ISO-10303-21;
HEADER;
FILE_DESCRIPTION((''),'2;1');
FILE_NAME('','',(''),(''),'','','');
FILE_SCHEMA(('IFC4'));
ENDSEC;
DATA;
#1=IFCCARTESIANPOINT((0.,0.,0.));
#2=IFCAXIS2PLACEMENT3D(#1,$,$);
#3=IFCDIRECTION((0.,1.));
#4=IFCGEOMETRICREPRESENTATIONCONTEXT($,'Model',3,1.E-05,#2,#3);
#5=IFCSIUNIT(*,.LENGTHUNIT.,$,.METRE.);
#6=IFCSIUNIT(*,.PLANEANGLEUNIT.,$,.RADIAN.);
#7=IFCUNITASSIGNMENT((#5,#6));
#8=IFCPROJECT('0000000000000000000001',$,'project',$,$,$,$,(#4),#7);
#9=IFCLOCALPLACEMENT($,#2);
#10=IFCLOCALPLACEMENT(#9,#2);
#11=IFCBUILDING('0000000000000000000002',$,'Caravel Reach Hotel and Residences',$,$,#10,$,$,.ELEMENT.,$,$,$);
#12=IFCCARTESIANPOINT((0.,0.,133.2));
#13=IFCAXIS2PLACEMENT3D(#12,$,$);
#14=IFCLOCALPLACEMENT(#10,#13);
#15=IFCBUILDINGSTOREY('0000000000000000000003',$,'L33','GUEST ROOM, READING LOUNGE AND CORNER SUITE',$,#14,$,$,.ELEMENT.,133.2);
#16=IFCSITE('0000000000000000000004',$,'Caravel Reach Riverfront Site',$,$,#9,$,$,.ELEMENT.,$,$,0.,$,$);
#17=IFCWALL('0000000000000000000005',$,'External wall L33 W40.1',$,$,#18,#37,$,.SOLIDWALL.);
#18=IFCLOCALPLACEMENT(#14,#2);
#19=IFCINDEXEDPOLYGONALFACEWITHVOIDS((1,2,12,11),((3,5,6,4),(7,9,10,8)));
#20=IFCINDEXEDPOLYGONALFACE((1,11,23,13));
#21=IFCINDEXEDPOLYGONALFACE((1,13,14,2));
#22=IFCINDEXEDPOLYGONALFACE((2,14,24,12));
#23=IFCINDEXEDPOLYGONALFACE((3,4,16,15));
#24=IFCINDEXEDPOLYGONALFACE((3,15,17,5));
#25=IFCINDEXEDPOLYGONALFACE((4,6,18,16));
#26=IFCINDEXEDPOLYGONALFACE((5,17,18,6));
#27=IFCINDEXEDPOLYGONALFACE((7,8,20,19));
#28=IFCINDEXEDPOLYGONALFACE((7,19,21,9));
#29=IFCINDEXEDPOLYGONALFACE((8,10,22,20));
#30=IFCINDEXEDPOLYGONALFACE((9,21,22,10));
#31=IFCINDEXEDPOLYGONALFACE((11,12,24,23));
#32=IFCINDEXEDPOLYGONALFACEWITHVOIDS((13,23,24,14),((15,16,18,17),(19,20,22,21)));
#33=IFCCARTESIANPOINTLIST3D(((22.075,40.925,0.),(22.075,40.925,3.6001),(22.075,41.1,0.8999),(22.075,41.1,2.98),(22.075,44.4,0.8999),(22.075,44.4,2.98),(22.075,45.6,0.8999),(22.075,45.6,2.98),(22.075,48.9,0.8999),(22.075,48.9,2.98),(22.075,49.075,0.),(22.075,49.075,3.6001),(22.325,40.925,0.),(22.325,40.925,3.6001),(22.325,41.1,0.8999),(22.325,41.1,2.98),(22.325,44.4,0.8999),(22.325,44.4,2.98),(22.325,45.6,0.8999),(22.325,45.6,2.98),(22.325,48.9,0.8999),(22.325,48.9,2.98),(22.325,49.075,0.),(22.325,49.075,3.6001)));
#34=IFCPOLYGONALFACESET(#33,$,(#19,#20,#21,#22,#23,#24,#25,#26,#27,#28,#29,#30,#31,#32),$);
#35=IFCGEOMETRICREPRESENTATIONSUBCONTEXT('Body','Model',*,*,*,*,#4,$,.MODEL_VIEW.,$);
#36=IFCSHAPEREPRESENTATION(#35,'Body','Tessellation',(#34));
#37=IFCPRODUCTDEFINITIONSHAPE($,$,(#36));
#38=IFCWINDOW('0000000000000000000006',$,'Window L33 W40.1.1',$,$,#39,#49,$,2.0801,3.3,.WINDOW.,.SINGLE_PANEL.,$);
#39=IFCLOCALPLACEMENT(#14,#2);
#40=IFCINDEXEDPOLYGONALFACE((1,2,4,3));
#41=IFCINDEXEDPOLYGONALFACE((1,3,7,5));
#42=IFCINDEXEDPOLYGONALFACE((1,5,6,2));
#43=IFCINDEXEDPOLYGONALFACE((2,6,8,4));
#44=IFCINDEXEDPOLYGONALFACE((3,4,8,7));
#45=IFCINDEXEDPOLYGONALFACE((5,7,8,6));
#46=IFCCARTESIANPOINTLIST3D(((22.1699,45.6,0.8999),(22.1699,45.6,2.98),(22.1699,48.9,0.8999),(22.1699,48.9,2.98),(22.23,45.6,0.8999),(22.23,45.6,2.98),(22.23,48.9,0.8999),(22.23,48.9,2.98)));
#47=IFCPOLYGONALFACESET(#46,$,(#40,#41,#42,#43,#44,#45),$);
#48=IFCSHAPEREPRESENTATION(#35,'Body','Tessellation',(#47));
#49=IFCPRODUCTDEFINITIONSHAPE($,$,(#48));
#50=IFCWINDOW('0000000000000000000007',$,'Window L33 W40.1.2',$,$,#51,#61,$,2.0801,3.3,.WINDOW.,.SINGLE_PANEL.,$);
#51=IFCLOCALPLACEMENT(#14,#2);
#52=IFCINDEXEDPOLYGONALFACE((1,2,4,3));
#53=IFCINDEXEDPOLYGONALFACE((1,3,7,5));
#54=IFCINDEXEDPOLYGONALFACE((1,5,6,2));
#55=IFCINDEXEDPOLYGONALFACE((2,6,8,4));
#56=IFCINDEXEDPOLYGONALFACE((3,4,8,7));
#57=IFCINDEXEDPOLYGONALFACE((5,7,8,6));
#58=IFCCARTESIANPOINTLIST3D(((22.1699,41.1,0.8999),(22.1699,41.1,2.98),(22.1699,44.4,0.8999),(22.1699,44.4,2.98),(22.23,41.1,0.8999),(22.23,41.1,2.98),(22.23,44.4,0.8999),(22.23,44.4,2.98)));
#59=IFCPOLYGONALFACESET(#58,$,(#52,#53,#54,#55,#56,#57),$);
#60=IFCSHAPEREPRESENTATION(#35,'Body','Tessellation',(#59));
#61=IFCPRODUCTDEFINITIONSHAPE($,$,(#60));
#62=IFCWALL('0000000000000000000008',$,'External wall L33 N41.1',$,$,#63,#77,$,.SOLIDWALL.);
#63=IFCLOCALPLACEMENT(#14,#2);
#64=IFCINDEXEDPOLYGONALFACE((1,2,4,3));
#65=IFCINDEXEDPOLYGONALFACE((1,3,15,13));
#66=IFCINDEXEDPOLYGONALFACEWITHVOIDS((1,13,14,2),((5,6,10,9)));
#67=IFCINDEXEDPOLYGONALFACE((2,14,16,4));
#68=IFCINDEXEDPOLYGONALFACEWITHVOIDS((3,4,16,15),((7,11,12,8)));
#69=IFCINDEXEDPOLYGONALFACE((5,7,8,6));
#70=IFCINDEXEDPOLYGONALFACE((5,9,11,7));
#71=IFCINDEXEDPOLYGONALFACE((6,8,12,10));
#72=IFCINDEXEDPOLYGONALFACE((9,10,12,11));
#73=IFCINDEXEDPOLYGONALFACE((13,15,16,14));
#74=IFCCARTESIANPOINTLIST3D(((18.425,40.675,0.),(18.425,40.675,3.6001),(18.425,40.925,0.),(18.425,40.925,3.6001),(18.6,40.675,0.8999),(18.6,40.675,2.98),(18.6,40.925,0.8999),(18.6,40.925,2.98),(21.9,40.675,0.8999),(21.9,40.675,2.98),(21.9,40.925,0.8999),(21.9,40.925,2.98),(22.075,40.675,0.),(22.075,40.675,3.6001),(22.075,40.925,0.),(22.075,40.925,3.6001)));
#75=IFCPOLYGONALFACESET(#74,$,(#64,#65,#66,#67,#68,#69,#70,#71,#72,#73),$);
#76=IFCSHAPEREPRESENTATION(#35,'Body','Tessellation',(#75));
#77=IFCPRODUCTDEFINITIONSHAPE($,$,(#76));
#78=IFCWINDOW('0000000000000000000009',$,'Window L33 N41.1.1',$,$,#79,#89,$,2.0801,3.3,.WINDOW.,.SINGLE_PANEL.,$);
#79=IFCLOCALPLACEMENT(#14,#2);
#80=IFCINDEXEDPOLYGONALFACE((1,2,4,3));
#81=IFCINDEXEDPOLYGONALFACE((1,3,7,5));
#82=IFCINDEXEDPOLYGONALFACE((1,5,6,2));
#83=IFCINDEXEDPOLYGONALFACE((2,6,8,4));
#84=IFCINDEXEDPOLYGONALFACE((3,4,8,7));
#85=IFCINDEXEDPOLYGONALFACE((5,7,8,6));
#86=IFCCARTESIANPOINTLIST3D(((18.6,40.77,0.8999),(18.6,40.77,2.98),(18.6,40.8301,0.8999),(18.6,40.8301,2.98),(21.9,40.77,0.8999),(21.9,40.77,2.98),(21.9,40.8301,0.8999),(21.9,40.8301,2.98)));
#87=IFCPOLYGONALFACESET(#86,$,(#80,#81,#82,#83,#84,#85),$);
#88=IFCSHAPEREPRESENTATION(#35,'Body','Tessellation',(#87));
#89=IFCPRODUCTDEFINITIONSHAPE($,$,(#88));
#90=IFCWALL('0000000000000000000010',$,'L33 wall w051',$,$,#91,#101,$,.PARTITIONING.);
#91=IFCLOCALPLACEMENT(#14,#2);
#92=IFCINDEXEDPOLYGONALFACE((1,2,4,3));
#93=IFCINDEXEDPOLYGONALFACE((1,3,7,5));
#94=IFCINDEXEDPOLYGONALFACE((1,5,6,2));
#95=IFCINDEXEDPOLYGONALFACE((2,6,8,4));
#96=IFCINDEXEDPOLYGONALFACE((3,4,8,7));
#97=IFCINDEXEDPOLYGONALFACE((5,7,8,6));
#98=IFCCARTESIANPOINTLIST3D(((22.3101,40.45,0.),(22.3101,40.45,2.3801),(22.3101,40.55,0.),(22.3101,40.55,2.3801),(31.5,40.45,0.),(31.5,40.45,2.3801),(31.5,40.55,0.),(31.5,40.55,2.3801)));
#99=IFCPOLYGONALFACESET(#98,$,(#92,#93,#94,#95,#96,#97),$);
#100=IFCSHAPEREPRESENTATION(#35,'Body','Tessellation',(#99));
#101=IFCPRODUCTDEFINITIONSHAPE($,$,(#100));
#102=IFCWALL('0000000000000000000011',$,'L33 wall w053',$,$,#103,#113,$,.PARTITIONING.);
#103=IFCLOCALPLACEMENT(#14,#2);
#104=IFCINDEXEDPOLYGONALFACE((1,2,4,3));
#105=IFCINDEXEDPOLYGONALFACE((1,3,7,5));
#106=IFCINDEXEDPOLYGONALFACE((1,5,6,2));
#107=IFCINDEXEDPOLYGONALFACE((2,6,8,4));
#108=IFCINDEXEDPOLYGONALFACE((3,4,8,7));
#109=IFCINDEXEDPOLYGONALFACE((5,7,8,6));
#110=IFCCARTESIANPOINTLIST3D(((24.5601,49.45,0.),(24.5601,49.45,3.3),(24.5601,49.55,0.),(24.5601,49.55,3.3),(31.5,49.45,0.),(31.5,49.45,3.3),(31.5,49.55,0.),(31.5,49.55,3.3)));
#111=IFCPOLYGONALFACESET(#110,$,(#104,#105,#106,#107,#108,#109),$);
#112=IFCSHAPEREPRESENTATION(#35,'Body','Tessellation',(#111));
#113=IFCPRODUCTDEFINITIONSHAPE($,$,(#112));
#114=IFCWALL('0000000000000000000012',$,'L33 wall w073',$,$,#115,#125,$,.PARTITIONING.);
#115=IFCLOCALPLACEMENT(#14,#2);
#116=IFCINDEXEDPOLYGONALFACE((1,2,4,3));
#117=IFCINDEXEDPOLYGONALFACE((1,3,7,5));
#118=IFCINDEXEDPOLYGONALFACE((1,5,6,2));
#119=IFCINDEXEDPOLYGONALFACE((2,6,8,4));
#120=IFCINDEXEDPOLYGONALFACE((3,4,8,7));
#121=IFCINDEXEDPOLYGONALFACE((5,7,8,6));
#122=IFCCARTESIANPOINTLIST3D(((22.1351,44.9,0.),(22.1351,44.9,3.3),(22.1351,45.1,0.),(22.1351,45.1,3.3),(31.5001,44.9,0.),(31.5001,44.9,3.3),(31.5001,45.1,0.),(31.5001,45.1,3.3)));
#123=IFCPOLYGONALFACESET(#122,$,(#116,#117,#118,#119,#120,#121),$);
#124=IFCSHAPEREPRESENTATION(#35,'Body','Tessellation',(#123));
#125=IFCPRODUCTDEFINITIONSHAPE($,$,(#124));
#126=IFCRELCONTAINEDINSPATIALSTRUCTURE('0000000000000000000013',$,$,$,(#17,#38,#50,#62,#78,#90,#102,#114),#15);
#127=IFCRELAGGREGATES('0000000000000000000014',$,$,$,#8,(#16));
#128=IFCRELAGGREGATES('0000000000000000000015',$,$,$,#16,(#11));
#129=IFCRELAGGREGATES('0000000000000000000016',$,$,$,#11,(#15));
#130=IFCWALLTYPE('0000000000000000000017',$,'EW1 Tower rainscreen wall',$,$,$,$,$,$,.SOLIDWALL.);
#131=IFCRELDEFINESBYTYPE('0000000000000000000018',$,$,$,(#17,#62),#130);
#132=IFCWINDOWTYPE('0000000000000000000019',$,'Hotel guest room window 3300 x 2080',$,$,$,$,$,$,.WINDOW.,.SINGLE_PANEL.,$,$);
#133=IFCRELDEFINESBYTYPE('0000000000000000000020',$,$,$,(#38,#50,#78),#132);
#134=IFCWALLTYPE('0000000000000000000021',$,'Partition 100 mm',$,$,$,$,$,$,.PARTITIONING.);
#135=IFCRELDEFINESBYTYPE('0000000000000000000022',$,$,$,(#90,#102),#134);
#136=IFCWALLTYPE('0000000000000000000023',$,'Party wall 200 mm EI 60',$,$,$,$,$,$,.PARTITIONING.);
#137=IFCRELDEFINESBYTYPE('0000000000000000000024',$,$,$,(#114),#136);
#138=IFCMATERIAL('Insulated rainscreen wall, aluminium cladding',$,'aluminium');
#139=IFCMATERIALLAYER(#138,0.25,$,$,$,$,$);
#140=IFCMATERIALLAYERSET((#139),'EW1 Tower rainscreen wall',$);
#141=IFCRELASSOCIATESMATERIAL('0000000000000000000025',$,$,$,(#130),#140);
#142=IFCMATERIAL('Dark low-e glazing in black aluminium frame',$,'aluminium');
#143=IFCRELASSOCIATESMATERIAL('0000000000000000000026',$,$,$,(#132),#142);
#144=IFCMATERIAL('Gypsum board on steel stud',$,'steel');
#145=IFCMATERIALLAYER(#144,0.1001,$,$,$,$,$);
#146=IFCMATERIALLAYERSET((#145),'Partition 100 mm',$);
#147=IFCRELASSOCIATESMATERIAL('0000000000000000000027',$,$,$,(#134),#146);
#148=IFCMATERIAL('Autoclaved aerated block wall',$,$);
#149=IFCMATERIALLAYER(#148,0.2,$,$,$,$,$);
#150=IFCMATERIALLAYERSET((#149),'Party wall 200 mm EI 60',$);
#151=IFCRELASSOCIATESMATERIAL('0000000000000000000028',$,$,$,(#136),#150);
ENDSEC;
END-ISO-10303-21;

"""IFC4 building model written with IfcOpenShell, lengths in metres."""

from ifc_helpers import new_model, si_unit, direction, frame, frame_2d, origin, place, context, subcontext, project, spatial, rectangle, extrude, material, layer, layer_set, type_object, element, fill, save


model = new_model("IFC4")

# Units and contexts
model_context = context("Model", 3, precision=1e-05, world=origin(), true_north=direction((0.0, 1.0)))
body_context = subcontext(model_context, "Body", "Model", "MODEL_VIEW")
ifc_project = project(units=[si_unit("LENGTHUNIT", "METRE"), si_unit("PLANEANGLEUNIT", "RADIAN")], contexts=[model_context])

# Site, building, storey
site_placement = place(None, origin())
site = spatial("IfcSite", under=ifc_project, at=site_placement, Name="Caravel Reach Riverfront Site", CompositionType="ELEMENT", RefElevation=0.0)
building_placement = place(site_placement, origin())
building = spatial("IfcBuilding", under=site, at=building_placement, Name="Caravel Reach Hotel and Residences", CompositionType="ELEMENT")
storey_placement = place(building_placement, frame((0.0, 0.0, 133.2)))
storey = spatial("IfcBuildingStorey", under=building, at=storey_placement, Name="L33", Description="GUEST ROOM, READING LOUNGE AND CORNER SUITE", CompositionType="ELEMENT", Elevation=133.2)

# Shared definitions
ifc_material_1 = material(Name="Insulated rainscreen wall, aluminium cladding", Category="aluminium")
ifc_layer_1 = layer(ifc_material_1, 0.25)
ifc_layer_set_1 = layer_set([ifc_layer_1], Name="EW1 Tower rainscreen wall")
wall_type_1 = type_object("IfcWallType", Name="EW1 Tower rainscreen wall", PredefinedType="SOLIDWALL", material=ifc_layer_set_1)

# Wall, openings, windows
wall_1_placement = place(storey_placement, frame((22.2, 49.075, 0.0), z_axis=(0.0, 0.0, 1.0), x_axis=(0.0, -1.0, 0.0)))
wall_1 = element("IfcWall", 1, at=wall_1_placement, inside=storey, type_object=wall_type_1, Name="External wall L33 W40.1", PredefinedType="SOLIDWALL", context=body_context, shape_type="SweptSolid", body=[
    extrude(rectangle(XDim=8.1499, YDim=0.25, at=frame_2d((4.075, 0.0))), origin(), (0.0, 0.0, 1.0), 3.6001),
])
opening_1_placement = place(wall_1_placement, frame((0.175, 0.0, 0.8999)))
opening_1 = element("IfcOpeningElement", 2, at=opening_1_placement, cuts=wall_1, PredefinedType="OPENING", context=body_context, shape_type="SweptSolid", body=[
    extrude(rectangle(XDim=3.3, YDim=2.0801, at=frame_2d((1.6499, 1.04))), frame((0.0, 0.135, 0.0), z_axis=(0.0, -1.0, 0.0), x_axis=(1.0, 0.0, 0.0)), (0.0, 0.0, 1.0), 0.27),
])
opening_2_placement = place(wall_1_placement, frame((4.675, 0.0, 0.8999)))
opening_2 = element("IfcOpeningElement", 3, at=opening_2_placement, cuts=wall_1, PredefinedType="OPENING", context=body_context, shape_type="SweptSolid", body=[
    extrude(rectangle(XDim=3.3, YDim=2.0801, at=frame_2d((1.6499, 1.04))), frame((0.0, 0.135, 0.0), z_axis=(0.0, -1.0, 0.0), x_axis=(1.0, 0.0, 0.0)), (0.0, 0.0, 1.0), 0.27),
])
ifc_material_2 = material(Name="Dark low-e glazing in black aluminium frame", Category="aluminium")
window_type_1 = type_object("IfcWindowType", Name="Hotel guest room window 3300 x 2080", PartitioningType="SINGLE_PANEL", PredefinedType="WINDOW", material=ifc_material_2)
window_1_placement = place(opening_1_placement, origin())
window_1 = element("IfcWindow", 4, at=window_1_placement, inside=storey, type_object=window_type_1, Name="Window L33 W40.1.1", OverallHeight=2.0801, OverallWidth=3.3, PartitioningType="SINGLE_PANEL", PredefinedType="WINDOW", context=body_context, shape_type="SweptSolid", body=[
    extrude(rectangle(XDim=3.3, YDim=2.0801, at=frame_2d((1.6499, 1.04))), frame((0.0, 0.03, 0.0), z_axis=(0.0, -1.0, 0.0), x_axis=(1.0, 0.0, 0.0)), (0.0, 0.0, 1.0), 0.0601),
])
fill(opening_1, window_1)
window_2_placement = place(opening_2_placement, origin())
window_2 = element("IfcWindow", 5, at=window_2_placement, inside=storey, type_object=window_type_1, Name="Window L33 W40.1.2", OverallHeight=2.0801, OverallWidth=3.3, PartitioningType="SINGLE_PANEL", PredefinedType="WINDOW", context=body_context, shape_type="SweptSolid", body=[
    extrude(rectangle(XDim=3.3, YDim=2.0801, at=frame_2d((1.6499, 1.04))), frame((0.0, 0.03, 0.0), z_axis=(0.0, -1.0, 0.0), x_axis=(1.0, 0.0, 0.0)), (0.0, 0.0, 1.0), 0.0601),
])
fill(opening_2, window_2)

# Wall, opening, window
wall_2_placement = place(storey_placement, frame((22.075, 40.8, 0.0), z_axis=(0.0, 0.0, 1.0), x_axis=(-1.0, 0.0, 0.0)))
wall_2 = element("IfcWall", 6, at=wall_2_placement, inside=storey, type_object=wall_type_1, Name="External wall L33 N41.1", PredefinedType="SOLIDWALL", context=body_context, shape_type="SweptSolid", body=[
    extrude(rectangle(XDim=3.6499, YDim=0.25, at=frame_2d((1.825, 0.0))), origin(), (0.0, 0.0, 1.0), 3.6001),
])
opening_3_placement = place(wall_2_placement, frame((0.175, 0.0, 0.8999)))
opening_3 = element("IfcOpeningElement", 7, at=opening_3_placement, cuts=wall_2, PredefinedType="OPENING", context=body_context, shape_type="SweptSolid", body=[
    extrude(rectangle(XDim=3.3, YDim=2.0801, at=frame_2d((1.6499, 1.04))), frame((0.0, 0.135, 0.0), z_axis=(0.0, -1.0, 0.0), x_axis=(1.0, 0.0, 0.0)), (0.0, 0.0, 1.0), 0.27),
])
window_3_placement = place(opening_3_placement, origin())
window_3 = element("IfcWindow", 8, at=window_3_placement, inside=storey, type_object=window_type_1, Name="Window L33 N41.1.1", OverallHeight=2.0801, OverallWidth=3.3, PartitioningType="SINGLE_PANEL", PredefinedType="WINDOW", context=body_context, shape_type="SweptSolid", body=[
    extrude(rectangle(XDim=3.3, YDim=2.0801, at=frame_2d((1.6499, 1.04))), frame((0.0, 0.03, 0.0), z_axis=(0.0, -1.0, 0.0), x_axis=(1.0, 0.0, 0.0)), (0.0, 0.0, 1.0), 0.0601),
])
fill(opening_3, window_3)

# Walls
ifc_material_3 = material(Name="Gypsum board on steel stud", Category="steel")
ifc_layer_2 = layer(ifc_material_3, 0.1001)
ifc_layer_set_2 = layer_set([ifc_layer_2], Name="Partition 100 mm")
wall_type_2 = type_object("IfcWallType", Name="Partition 100 mm", PredefinedType="PARTITIONING", material=ifc_layer_set_2)
wall_3_placement = place(storey_placement, frame((22.3101, 40.5, 0.0), z_axis=(0.0, 0.0, 1.0), x_axis=(1.0, 0.0, 0.0)))
element("IfcWall", 9, at=wall_3_placement, inside=storey, type_object=wall_type_2, Name="L33 wall w051", PredefinedType="PARTITIONING", context=body_context, shape_type="SweptSolid", body=[
    extrude(rectangle(XDim=9.1899, YDim=0.1001, at=frame_2d((4.595, 0.0))), origin(), (0.0, 0.0, 1.0), 2.3801),
])
wall_4_placement = place(storey_placement, frame((24.5601, 49.5, 0.0), z_axis=(0.0, 0.0, 1.0), x_axis=(1.0, 0.0, 0.0)))
element("IfcWall", 10, at=wall_4_placement, inside=storey, type_object=wall_type_2, Name="L33 wall w053", PredefinedType="PARTITIONING", context=body_context, shape_type="SweptSolid", body=[
    extrude(rectangle(XDim=6.9399, YDim=0.1001, at=frame_2d((3.47, 0.0))), origin(), (0.0, 0.0, 1.0), 3.3),
])
ifc_material_4 = material(Name="Autoclaved aerated block wall")
ifc_layer_3 = layer(ifc_material_4, 0.2)
ifc_layer_set_3 = layer_set([ifc_layer_3], Name="Party wall 200 mm EI 60")
wall_type_3 = type_object("IfcWallType", Name="Party wall 200 mm EI 60", PredefinedType="PARTITIONING", material=ifc_layer_set_3)
wall_5_placement = place(storey_placement, frame((22.135, 45.0, 0.0), z_axis=(0.0, 0.0, 1.0), x_axis=(1.0, 0.0, 0.0)))
element("IfcWall", 11, at=wall_5_placement, inside=storey, type_object=wall_type_3, Name="L33 wall w073", PredefinedType="PARTITIONING", context=body_context, shape_type="SweptSolid", body=[
    extrude(rectangle(XDim=9.365, YDim=0.2, at=frame_2d((4.6826, 0.0))), origin(), (0.0, 0.0, 1.0), 3.3),
])

save(model, "model.ifc")
